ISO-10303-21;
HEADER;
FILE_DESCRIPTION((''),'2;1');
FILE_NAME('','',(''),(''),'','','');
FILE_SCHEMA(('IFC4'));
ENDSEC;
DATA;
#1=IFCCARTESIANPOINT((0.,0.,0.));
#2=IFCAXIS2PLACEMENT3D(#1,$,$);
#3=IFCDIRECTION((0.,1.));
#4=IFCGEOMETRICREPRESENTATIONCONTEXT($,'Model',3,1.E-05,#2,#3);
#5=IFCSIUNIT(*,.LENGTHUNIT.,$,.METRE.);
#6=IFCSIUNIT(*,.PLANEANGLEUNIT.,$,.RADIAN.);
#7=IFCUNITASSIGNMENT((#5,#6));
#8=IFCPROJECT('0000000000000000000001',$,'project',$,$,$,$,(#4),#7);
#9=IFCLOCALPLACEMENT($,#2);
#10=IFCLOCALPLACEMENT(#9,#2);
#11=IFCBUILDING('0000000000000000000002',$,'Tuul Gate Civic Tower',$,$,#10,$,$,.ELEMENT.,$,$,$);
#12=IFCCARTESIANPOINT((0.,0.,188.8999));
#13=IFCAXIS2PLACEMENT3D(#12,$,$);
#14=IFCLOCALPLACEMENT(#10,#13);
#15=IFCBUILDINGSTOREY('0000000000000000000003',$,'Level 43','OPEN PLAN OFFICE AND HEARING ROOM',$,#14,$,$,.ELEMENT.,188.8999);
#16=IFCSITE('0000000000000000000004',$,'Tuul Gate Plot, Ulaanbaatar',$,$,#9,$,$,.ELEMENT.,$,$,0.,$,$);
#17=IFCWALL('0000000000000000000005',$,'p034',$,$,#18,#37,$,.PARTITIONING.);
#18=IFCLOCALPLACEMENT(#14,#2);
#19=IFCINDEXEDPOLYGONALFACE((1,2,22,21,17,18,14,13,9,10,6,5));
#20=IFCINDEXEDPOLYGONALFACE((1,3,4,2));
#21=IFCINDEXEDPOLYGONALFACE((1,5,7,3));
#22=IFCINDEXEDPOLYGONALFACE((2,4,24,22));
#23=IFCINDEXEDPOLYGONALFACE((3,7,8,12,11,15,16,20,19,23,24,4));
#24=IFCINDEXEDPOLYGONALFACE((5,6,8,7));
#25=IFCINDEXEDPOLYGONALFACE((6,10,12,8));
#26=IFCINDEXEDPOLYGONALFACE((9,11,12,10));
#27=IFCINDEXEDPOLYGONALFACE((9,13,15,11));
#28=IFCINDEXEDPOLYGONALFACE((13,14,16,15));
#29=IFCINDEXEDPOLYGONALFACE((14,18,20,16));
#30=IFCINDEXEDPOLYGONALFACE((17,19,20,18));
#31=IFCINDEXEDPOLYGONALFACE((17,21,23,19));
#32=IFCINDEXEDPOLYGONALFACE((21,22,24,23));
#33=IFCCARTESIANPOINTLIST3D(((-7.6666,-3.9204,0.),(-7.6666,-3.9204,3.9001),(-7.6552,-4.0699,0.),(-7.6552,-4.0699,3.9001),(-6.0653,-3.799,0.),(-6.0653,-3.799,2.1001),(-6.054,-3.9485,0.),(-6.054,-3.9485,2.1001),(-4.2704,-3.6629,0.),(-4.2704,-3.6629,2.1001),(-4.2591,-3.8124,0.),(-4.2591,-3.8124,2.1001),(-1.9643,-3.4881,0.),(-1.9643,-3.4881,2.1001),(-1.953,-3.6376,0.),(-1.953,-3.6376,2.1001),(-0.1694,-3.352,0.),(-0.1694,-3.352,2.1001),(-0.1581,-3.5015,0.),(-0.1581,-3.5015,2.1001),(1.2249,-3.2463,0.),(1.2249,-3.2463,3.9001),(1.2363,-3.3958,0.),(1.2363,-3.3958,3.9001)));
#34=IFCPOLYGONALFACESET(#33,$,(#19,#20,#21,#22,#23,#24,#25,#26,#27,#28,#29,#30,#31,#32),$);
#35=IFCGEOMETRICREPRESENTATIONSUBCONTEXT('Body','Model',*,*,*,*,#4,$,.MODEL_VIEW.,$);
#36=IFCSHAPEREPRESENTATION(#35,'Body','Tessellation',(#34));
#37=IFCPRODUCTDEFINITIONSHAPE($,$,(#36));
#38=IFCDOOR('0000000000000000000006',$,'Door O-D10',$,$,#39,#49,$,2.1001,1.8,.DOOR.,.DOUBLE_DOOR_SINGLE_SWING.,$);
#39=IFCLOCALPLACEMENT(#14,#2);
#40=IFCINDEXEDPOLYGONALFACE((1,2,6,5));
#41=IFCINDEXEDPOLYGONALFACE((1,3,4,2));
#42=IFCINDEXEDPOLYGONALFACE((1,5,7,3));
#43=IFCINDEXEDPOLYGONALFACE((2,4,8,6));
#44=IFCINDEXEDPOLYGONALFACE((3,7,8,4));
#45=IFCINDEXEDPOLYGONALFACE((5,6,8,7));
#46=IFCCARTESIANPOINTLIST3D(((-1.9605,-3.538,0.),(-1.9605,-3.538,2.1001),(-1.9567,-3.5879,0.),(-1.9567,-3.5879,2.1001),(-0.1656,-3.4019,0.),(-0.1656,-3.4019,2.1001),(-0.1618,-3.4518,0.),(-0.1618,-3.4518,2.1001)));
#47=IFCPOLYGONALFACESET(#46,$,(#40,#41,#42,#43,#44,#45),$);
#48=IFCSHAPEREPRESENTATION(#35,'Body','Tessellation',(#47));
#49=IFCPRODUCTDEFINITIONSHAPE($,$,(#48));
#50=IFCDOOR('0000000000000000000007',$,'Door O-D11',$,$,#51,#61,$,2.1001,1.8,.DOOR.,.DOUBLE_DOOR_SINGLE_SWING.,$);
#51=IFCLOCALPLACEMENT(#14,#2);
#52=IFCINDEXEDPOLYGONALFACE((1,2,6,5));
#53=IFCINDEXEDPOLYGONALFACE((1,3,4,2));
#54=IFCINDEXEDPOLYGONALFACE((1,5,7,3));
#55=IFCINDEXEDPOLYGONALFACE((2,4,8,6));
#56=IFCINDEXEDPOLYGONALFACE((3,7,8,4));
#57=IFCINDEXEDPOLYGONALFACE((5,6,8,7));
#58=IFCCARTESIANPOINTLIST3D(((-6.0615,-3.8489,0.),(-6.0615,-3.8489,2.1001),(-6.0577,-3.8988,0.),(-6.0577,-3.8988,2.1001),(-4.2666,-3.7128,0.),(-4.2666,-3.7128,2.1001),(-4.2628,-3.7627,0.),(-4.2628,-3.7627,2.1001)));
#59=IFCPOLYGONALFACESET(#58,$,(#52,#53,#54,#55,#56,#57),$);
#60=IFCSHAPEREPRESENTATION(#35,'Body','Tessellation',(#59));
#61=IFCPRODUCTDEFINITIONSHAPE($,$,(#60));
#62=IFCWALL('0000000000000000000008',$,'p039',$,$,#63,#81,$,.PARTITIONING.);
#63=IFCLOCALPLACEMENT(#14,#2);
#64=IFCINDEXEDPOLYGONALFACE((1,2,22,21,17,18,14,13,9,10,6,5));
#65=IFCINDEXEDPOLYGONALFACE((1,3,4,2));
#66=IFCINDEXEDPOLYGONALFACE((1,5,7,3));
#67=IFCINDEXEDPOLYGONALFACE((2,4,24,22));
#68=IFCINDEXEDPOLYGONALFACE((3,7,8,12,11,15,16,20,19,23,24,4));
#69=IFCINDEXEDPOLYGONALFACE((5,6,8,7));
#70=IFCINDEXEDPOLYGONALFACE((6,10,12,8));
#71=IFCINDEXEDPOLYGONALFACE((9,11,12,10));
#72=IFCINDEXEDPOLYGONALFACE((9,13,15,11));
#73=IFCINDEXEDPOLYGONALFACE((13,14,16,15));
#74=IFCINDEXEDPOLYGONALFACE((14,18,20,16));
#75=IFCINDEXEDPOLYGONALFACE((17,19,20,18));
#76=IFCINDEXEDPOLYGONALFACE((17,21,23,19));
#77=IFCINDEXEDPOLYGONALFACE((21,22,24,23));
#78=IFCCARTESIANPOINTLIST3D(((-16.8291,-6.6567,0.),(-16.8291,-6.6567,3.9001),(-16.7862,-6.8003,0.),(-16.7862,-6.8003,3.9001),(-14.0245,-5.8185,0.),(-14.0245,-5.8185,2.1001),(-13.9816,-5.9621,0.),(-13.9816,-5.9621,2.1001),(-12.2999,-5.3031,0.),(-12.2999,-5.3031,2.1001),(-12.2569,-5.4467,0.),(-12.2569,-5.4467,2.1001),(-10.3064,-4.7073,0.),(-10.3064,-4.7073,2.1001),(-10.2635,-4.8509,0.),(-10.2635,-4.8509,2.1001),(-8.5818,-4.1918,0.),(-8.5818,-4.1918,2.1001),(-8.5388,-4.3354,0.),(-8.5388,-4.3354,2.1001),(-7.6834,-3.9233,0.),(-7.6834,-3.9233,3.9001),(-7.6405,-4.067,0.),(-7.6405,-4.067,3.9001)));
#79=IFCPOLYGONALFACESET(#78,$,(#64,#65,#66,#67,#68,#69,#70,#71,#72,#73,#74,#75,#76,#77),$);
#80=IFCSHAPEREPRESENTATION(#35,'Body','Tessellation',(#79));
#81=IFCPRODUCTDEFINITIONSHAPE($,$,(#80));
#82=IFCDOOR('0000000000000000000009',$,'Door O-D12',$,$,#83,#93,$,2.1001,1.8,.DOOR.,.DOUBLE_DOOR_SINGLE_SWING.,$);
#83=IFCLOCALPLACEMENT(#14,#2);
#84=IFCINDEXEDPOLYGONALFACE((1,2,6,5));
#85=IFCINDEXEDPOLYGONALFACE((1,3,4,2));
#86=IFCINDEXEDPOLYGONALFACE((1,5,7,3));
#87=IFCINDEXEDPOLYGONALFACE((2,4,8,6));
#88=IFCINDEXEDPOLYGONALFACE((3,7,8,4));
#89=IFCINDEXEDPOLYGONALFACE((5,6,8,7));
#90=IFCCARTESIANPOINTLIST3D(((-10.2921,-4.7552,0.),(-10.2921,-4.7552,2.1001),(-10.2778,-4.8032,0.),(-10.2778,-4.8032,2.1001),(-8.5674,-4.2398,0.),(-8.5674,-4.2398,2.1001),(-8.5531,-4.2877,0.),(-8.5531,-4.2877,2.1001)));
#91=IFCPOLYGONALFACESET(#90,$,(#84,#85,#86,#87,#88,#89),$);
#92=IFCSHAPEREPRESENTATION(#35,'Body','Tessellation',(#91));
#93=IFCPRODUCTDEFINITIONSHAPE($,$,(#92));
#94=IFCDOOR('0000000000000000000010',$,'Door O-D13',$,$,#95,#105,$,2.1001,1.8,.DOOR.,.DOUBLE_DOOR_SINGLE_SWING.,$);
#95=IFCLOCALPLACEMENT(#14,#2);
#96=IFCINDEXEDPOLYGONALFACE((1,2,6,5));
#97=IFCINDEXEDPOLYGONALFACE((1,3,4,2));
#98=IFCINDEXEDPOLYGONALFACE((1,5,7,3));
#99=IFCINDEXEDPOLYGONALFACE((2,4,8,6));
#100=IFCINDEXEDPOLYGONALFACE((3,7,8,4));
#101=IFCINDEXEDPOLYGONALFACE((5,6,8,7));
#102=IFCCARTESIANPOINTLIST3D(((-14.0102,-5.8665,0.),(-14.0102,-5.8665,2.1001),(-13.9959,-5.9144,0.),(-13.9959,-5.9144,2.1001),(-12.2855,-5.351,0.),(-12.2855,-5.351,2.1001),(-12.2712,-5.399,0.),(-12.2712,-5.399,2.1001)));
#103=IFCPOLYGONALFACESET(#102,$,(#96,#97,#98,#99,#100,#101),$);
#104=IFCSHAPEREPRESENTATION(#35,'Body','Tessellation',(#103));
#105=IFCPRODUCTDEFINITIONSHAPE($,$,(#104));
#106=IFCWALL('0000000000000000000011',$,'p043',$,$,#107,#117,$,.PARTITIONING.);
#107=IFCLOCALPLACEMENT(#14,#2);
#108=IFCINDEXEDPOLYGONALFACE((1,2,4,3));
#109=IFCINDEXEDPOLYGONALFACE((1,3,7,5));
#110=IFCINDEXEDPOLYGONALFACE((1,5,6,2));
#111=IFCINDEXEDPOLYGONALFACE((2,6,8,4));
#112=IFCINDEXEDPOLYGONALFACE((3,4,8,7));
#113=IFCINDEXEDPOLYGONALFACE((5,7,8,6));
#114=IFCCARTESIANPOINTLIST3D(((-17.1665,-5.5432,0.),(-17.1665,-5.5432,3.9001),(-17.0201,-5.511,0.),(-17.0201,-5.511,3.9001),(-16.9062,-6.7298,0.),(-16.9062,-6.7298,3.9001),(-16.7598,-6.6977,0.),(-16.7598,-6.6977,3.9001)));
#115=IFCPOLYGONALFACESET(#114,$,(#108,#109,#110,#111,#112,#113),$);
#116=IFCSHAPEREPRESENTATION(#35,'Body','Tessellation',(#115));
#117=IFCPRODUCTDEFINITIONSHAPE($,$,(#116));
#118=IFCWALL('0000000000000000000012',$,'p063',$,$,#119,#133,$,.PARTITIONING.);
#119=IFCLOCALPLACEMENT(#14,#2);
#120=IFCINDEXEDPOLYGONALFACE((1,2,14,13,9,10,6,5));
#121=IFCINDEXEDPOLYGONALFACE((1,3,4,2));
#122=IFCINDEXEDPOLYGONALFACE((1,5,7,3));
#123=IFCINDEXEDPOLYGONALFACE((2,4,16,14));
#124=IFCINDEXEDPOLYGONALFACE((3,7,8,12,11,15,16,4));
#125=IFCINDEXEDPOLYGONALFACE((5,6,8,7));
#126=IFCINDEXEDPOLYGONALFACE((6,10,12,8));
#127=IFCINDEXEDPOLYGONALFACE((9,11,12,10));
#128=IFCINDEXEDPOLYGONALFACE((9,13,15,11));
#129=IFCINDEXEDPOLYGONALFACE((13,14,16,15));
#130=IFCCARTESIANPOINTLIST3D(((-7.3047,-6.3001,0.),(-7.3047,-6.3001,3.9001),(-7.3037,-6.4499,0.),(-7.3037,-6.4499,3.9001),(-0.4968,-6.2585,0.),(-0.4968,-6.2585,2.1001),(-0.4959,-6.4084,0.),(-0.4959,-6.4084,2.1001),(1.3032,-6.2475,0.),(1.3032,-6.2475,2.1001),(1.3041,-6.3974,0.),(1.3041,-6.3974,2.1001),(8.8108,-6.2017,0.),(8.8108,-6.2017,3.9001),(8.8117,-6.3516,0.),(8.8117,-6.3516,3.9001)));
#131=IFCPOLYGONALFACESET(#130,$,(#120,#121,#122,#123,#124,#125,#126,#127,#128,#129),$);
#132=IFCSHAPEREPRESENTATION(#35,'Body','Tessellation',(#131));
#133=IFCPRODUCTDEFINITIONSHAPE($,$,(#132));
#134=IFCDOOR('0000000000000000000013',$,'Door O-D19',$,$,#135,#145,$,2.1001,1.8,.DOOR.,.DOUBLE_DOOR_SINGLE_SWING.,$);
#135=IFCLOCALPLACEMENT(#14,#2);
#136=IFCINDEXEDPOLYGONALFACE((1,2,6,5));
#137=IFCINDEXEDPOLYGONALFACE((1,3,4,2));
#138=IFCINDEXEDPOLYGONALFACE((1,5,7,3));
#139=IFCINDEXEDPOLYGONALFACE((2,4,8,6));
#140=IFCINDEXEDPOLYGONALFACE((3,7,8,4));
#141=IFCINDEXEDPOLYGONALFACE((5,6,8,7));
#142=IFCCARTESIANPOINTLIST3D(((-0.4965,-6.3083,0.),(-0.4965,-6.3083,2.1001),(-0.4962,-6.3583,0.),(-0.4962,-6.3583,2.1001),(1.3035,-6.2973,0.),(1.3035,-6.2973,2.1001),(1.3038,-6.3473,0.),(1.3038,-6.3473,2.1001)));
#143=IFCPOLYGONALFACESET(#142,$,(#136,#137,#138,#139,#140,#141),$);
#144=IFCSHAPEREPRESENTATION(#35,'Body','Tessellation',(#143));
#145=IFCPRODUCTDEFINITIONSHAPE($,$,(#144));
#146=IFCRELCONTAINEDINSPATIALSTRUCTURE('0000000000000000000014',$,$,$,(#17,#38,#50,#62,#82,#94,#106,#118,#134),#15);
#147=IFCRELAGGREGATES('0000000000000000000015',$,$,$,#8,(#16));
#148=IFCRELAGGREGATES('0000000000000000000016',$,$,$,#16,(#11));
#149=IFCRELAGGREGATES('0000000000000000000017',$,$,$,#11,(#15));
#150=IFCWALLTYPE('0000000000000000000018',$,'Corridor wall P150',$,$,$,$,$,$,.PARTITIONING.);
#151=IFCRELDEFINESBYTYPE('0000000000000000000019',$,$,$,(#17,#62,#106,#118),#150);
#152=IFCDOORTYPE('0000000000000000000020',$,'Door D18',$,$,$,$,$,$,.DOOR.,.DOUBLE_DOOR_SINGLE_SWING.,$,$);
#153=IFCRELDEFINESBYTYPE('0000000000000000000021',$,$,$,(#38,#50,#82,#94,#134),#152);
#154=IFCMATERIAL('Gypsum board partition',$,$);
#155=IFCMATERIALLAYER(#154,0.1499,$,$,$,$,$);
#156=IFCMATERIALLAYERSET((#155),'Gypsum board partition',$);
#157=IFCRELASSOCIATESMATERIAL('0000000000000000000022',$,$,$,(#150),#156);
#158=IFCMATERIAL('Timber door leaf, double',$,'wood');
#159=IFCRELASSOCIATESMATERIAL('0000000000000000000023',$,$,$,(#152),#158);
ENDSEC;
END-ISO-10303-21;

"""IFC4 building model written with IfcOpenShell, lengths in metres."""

from ifc_helpers import new_model, si_unit, direction, frame, frame_2d, origin, place, context, subcontext, project, spatial, rectangle, extrude, material, layer, layer_set, type_object, element, fill, save


model = new_model("IFC4")

# Units and contexts
model_context = context("Model", 3, precision=1e-05, world=origin(), true_north=direction((0.0, 1.0)))
body_context = subcontext(model_context, "Body", "Model", "MODEL_VIEW")
ifc_project = project(units=[si_unit("LENGTHUNIT", "METRE"), si_unit("PLANEANGLEUNIT", "RADIAN")], contexts=[model_context])

# Site, building, storey
site_placement = place(None, origin())
site = spatial("IfcSite", under=ifc_project, at=site_placement, Name="Tuul Gate Plot, Ulaanbaatar", CompositionType="ELEMENT", RefElevation=0.0)
building_placement = place(site_placement, origin())
building = spatial("IfcBuilding", under=site, at=building_placement, Name="Tuul Gate Civic Tower", CompositionType="ELEMENT")
storey_placement = place(building_placement, frame((0.0, 0.0, 188.8999)))
storey = spatial("IfcBuildingStorey", under=building, at=storey_placement, Name="Level 43", Description="OPEN PLAN OFFICE AND HEARING ROOM", CompositionType="ELEMENT", Elevation=188.8999)

# Walls, openings, doors
ifc_material_1 = material(Name="Gypsum board partition")
ifc_layer_1 = layer(ifc_material_1, 0.1499)
ifc_layer_set_1 = layer_set([ifc_layer_1], Name="Gypsum board partition")
wall_type_1 = type_object("IfcWallType", Name="Corridor wall P150", PredefinedType="PARTITIONING", material=ifc_layer_set_1)
wall_1_placement = place(storey_placement, frame((-7.6609, -3.9951, 0.0), z_axis=(0.0, 0.0, 1.0), x_axis=(0.997139, 0.075595, 0.0)))
wall_1 = element("IfcWall", 1, at=wall_1_placement, inside=storey, type_object=wall_type_1, Name="p034", PredefinedType="PARTITIONING", context=body_context, shape_type="SweptSolid", body=[
    extrude(rectangle(XDim=8.917, YDim=0.1499, at=frame_2d((4.4585, 0.0))), origin(), (0.0, 0.0, 1.0), 3.9001),
])
opening_1_placement = place(wall_1_placement, frame((5.7188, 0.0, 0.0)))
opening_1 = element("IfcOpeningElement", 2, at=opening_1_placement, cuts=wall_1, PredefinedType="OPENING", context=body_context, shape_type="SweptSolid", body=[
    extrude(rectangle(XDim=1.8, YDim=2.1001, at=frame_2d((0.8999, 1.05))), frame((0.0, 0.085, 0.0), z_axis=(0.0, -1.0, 0.0), x_axis=(1.0, 0.0, 0.0)), (0.0, 0.0, 1.0), 0.1699),
])
opening_2_placement = place(wall_1_placement, frame((1.606, 0.0, 0.0)))
opening_2 = element("IfcOpeningElement", 3, at=opening_2_placement, cuts=wall_1, PredefinedType="OPENING", context=body_context, shape_type="SweptSolid", body=[
    extrude(rectangle(XDim=1.8, YDim=2.1001, at=frame_2d((0.8999, 1.05))), frame((0.0, 0.085, 0.0), z_axis=(0.0, -1.0, 0.0), x_axis=(1.0, 0.0, 0.0)), (0.0, 0.0, 1.0), 0.1699),
])
ifc_material_2 = material(Name="Timber door leaf, double", Category="wood")
door_type = type_object("IfcDoorType", Name="Door D18", OperationType="DOUBLE_DOOR_SINGLE_SWING", PredefinedType="DOOR", material=ifc_material_2)
door_1_placement = place(opening_1_placement, origin())
door_1 = element("IfcDoor", 4, at=door_1_placement, inside=storey, type_object=door_type, Name="Door O-D10", OperationType="DOUBLE_DOOR_SINGLE_SWING", OverallHeight=2.1001, OverallWidth=1.8, PredefinedType="DOOR", context=body_context, shape_type="SweptSolid", body=[
    extrude(rectangle(XDim=1.8, YDim=2.1001, at=frame_2d((0.8999, 1.05))), frame((0.0, 0.0249, 0.0), z_axis=(0.0, -1.0, 0.0), x_axis=(1.0, 0.0, 0.0)), (0.0, 0.0, 1.0), 0.05),
])
fill(opening_1, door_1)
door_2_placement = place(opening_2_placement, origin())
door_2 = element("IfcDoor", 5, at=door_2_placement, inside=storey, type_object=door_type, Name="Door O-D11", OperationType="DOUBLE_DOOR_SINGLE_SWING", OverallHeight=2.1001, OverallWidth=1.8, PredefinedType="DOOR", context=body_context, shape_type="SweptSolid", body=[
    extrude(rectangle(XDim=1.8, YDim=2.1001, at=frame_2d((0.8999, 1.05))), frame((0.0, 0.0249, 0.0), z_axis=(0.0, -1.0, 0.0), x_axis=(1.0, 0.0, 0.0)), (0.0, 0.0, 1.0), 0.05),
])
fill(opening_2, door_2)
wall_2_placement = place(storey_placement, frame((-16.8076, -6.7285, 0.0), z_axis=(0.0, 0.0, 1.0), x_axis=(0.958124, 0.286355, 0.0)))
wall_2 = element("IfcWall", 6, at=wall_2_placement, inside=storey, type_object=wall_type_1, Name="p039", PredefinedType="PARTITIONING", context=body_context, shape_type="SweptSolid", body=[
    extrude(rectangle(XDim=9.5454, YDim=0.1499, at=frame_2d((4.7727, 0.0))), origin(), (0.0, 0.0, 1.0), 3.9001),
])
opening_3_placement = place(wall_2_placement, frame((6.8079, 0.0, 0.0)))
opening_3 = element("IfcOpeningElement", 7, at=opening_3_placement, cuts=wall_2, PredefinedType="OPENING", context=body_context, shape_type="SweptSolid", body=[
    extrude(rectangle(XDim=1.8, YDim=2.1001, at=frame_2d((0.8999, 1.05))), frame((0.0, 0.085, 0.0), z_axis=(0.0, -1.0, 0.0), x_axis=(1.0, 0.0, 0.0)), (0.0, 0.0, 1.0), 0.1699),
])
opening_4_placement = place(wall_2_placement, frame((2.9272, 0.0, 0.0)))
opening_4 = element("IfcOpeningElement", 8, at=opening_4_placement, cuts=wall_2, PredefinedType="OPENING", context=body_context, shape_type="SweptSolid", body=[
    extrude(rectangle(XDim=1.8, YDim=2.1001, at=frame_2d((0.8999, 1.05))), frame((0.0, 0.085, 0.0), z_axis=(0.0, -1.0, 0.0), x_axis=(1.0, 0.0, 0.0)), (0.0, 0.0, 1.0), 0.1699),
])
door_3_placement = place(opening_3_placement, origin())
door_3 = element("IfcDoor", 9, at=door_3_placement, inside=storey, type_object=door_type, Name="Door O-D12", OperationType="DOUBLE_DOOR_SINGLE_SWING", OverallHeight=2.1001, OverallWidth=1.8, PredefinedType="DOOR", context=body_context, shape_type="SweptSolid", body=[
    extrude(rectangle(XDim=1.8, YDim=2.1001, at=frame_2d((0.8999, 1.05))), frame((0.0, 0.0249, 0.0), z_axis=(0.0, -1.0, 0.0), x_axis=(1.0, 0.0, 0.0)), (0.0, 0.0, 1.0), 0.05),
])
fill(opening_3, door_3)
door_4_placement = place(opening_4_placement, origin())
door_4 = element("IfcDoor", 10, at=door_4_placement, inside=storey, type_object=door_type, Name="Door O-D13", OperationType="DOUBLE_DOOR_SINGLE_SWING", OverallHeight=2.1001, OverallWidth=1.8, PredefinedType="DOOR", context=body_context, shape_type="SweptSolid", body=[
    extrude(rectangle(XDim=1.8, YDim=2.1001, at=frame_2d((0.8999, 1.05))), frame((0.0, 0.0249, 0.0), z_axis=(0.0, -1.0, 0.0), x_axis=(1.0, 0.0, 0.0)), (0.0, 0.0, 1.0), 0.05),
])
fill(opening_4, door_4)

# Wall
wall_3_placement = place(storey_placement, frame((-17.0933, -5.5271, 0.0), z_axis=(0.0, 0.0, 1.0), x_axis=(0.214248, -0.976779, 0.0)))
element("IfcWall", 11, at=wall_3_placement, inside=storey, type_object=wall_type_1, Name="p043", PredefinedType="PARTITIONING", context=body_context, shape_type="SweptSolid", body=[
    extrude(rectangle(XDim=1.2148, YDim=0.1499, at=frame_2d((0.6074, 0.0))), origin(), (0.0, 0.0, 1.0), 3.9001),
])

# Wall, opening, door
wall_4_placement = place(storey_placement, frame((-7.3042, -6.375, 0.0), z_axis=(0.0, 0.0, 1.0), x_axis=(0.999981, 0.006105, 0.0)))
wall_4 = element("IfcWall", 12, at=wall_4_placement, inside=storey, type_object=wall_type_1, Name="p063", PredefinedType="PARTITIONING", context=body_context, shape_type="SweptSolid", body=[
    extrude(rectangle(XDim=16.1157, YDim=0.1499, at=frame_2d((8.0579, 0.0))), origin(), (0.0, 0.0, 1.0), 3.9001),
])
opening_5_placement = place(wall_4_placement, frame((6.8081, 0.0, 0.0)))
opening_5 = element("IfcOpeningElement", 13, at=opening_5_placement, cuts=wall_4, PredefinedType="OPENING", context=body_context, shape_type="SweptSolid", body=[
    extrude(rectangle(XDim=1.8, YDim=2.1001, at=frame_2d((0.8999, 1.05))), frame((0.0, 0.085, 0.0), z_axis=(0.0, -1.0, 0.0), x_axis=(1.0, 0.0, 0.0)), (0.0, 0.0, 1.0), 0.1699),
])
door_5_placement = place(opening_5_placement, frame((1.8, 0.0, 0.0), z_axis=(0.0, 0.0, 1.0), x_axis=(-1.0, 0.0, 0.0)))
door_5 = element("IfcDoor", 14, at=door_5_placement, inside=storey, type_object=door_type, Name="Door O-D19", OperationType="DOUBLE_DOOR_SINGLE_SWING", OverallHeight=2.1001, OverallWidth=1.8, PredefinedType="DOOR", context=body_context, shape_type="SweptSolid", body=[
    extrude(rectangle(XDim=1.8, YDim=2.1001, at=frame_2d((0.9001, 1.05))), frame((0.0, 0.0249, 0.0), z_axis=(0.0, -1.0, 0.0), x_axis=(1.0, 0.0, 0.0)), (0.0, 0.0, 1.0), 0.05),
])
fill(opening_5, door_5)

save(model, "model.ifc")
